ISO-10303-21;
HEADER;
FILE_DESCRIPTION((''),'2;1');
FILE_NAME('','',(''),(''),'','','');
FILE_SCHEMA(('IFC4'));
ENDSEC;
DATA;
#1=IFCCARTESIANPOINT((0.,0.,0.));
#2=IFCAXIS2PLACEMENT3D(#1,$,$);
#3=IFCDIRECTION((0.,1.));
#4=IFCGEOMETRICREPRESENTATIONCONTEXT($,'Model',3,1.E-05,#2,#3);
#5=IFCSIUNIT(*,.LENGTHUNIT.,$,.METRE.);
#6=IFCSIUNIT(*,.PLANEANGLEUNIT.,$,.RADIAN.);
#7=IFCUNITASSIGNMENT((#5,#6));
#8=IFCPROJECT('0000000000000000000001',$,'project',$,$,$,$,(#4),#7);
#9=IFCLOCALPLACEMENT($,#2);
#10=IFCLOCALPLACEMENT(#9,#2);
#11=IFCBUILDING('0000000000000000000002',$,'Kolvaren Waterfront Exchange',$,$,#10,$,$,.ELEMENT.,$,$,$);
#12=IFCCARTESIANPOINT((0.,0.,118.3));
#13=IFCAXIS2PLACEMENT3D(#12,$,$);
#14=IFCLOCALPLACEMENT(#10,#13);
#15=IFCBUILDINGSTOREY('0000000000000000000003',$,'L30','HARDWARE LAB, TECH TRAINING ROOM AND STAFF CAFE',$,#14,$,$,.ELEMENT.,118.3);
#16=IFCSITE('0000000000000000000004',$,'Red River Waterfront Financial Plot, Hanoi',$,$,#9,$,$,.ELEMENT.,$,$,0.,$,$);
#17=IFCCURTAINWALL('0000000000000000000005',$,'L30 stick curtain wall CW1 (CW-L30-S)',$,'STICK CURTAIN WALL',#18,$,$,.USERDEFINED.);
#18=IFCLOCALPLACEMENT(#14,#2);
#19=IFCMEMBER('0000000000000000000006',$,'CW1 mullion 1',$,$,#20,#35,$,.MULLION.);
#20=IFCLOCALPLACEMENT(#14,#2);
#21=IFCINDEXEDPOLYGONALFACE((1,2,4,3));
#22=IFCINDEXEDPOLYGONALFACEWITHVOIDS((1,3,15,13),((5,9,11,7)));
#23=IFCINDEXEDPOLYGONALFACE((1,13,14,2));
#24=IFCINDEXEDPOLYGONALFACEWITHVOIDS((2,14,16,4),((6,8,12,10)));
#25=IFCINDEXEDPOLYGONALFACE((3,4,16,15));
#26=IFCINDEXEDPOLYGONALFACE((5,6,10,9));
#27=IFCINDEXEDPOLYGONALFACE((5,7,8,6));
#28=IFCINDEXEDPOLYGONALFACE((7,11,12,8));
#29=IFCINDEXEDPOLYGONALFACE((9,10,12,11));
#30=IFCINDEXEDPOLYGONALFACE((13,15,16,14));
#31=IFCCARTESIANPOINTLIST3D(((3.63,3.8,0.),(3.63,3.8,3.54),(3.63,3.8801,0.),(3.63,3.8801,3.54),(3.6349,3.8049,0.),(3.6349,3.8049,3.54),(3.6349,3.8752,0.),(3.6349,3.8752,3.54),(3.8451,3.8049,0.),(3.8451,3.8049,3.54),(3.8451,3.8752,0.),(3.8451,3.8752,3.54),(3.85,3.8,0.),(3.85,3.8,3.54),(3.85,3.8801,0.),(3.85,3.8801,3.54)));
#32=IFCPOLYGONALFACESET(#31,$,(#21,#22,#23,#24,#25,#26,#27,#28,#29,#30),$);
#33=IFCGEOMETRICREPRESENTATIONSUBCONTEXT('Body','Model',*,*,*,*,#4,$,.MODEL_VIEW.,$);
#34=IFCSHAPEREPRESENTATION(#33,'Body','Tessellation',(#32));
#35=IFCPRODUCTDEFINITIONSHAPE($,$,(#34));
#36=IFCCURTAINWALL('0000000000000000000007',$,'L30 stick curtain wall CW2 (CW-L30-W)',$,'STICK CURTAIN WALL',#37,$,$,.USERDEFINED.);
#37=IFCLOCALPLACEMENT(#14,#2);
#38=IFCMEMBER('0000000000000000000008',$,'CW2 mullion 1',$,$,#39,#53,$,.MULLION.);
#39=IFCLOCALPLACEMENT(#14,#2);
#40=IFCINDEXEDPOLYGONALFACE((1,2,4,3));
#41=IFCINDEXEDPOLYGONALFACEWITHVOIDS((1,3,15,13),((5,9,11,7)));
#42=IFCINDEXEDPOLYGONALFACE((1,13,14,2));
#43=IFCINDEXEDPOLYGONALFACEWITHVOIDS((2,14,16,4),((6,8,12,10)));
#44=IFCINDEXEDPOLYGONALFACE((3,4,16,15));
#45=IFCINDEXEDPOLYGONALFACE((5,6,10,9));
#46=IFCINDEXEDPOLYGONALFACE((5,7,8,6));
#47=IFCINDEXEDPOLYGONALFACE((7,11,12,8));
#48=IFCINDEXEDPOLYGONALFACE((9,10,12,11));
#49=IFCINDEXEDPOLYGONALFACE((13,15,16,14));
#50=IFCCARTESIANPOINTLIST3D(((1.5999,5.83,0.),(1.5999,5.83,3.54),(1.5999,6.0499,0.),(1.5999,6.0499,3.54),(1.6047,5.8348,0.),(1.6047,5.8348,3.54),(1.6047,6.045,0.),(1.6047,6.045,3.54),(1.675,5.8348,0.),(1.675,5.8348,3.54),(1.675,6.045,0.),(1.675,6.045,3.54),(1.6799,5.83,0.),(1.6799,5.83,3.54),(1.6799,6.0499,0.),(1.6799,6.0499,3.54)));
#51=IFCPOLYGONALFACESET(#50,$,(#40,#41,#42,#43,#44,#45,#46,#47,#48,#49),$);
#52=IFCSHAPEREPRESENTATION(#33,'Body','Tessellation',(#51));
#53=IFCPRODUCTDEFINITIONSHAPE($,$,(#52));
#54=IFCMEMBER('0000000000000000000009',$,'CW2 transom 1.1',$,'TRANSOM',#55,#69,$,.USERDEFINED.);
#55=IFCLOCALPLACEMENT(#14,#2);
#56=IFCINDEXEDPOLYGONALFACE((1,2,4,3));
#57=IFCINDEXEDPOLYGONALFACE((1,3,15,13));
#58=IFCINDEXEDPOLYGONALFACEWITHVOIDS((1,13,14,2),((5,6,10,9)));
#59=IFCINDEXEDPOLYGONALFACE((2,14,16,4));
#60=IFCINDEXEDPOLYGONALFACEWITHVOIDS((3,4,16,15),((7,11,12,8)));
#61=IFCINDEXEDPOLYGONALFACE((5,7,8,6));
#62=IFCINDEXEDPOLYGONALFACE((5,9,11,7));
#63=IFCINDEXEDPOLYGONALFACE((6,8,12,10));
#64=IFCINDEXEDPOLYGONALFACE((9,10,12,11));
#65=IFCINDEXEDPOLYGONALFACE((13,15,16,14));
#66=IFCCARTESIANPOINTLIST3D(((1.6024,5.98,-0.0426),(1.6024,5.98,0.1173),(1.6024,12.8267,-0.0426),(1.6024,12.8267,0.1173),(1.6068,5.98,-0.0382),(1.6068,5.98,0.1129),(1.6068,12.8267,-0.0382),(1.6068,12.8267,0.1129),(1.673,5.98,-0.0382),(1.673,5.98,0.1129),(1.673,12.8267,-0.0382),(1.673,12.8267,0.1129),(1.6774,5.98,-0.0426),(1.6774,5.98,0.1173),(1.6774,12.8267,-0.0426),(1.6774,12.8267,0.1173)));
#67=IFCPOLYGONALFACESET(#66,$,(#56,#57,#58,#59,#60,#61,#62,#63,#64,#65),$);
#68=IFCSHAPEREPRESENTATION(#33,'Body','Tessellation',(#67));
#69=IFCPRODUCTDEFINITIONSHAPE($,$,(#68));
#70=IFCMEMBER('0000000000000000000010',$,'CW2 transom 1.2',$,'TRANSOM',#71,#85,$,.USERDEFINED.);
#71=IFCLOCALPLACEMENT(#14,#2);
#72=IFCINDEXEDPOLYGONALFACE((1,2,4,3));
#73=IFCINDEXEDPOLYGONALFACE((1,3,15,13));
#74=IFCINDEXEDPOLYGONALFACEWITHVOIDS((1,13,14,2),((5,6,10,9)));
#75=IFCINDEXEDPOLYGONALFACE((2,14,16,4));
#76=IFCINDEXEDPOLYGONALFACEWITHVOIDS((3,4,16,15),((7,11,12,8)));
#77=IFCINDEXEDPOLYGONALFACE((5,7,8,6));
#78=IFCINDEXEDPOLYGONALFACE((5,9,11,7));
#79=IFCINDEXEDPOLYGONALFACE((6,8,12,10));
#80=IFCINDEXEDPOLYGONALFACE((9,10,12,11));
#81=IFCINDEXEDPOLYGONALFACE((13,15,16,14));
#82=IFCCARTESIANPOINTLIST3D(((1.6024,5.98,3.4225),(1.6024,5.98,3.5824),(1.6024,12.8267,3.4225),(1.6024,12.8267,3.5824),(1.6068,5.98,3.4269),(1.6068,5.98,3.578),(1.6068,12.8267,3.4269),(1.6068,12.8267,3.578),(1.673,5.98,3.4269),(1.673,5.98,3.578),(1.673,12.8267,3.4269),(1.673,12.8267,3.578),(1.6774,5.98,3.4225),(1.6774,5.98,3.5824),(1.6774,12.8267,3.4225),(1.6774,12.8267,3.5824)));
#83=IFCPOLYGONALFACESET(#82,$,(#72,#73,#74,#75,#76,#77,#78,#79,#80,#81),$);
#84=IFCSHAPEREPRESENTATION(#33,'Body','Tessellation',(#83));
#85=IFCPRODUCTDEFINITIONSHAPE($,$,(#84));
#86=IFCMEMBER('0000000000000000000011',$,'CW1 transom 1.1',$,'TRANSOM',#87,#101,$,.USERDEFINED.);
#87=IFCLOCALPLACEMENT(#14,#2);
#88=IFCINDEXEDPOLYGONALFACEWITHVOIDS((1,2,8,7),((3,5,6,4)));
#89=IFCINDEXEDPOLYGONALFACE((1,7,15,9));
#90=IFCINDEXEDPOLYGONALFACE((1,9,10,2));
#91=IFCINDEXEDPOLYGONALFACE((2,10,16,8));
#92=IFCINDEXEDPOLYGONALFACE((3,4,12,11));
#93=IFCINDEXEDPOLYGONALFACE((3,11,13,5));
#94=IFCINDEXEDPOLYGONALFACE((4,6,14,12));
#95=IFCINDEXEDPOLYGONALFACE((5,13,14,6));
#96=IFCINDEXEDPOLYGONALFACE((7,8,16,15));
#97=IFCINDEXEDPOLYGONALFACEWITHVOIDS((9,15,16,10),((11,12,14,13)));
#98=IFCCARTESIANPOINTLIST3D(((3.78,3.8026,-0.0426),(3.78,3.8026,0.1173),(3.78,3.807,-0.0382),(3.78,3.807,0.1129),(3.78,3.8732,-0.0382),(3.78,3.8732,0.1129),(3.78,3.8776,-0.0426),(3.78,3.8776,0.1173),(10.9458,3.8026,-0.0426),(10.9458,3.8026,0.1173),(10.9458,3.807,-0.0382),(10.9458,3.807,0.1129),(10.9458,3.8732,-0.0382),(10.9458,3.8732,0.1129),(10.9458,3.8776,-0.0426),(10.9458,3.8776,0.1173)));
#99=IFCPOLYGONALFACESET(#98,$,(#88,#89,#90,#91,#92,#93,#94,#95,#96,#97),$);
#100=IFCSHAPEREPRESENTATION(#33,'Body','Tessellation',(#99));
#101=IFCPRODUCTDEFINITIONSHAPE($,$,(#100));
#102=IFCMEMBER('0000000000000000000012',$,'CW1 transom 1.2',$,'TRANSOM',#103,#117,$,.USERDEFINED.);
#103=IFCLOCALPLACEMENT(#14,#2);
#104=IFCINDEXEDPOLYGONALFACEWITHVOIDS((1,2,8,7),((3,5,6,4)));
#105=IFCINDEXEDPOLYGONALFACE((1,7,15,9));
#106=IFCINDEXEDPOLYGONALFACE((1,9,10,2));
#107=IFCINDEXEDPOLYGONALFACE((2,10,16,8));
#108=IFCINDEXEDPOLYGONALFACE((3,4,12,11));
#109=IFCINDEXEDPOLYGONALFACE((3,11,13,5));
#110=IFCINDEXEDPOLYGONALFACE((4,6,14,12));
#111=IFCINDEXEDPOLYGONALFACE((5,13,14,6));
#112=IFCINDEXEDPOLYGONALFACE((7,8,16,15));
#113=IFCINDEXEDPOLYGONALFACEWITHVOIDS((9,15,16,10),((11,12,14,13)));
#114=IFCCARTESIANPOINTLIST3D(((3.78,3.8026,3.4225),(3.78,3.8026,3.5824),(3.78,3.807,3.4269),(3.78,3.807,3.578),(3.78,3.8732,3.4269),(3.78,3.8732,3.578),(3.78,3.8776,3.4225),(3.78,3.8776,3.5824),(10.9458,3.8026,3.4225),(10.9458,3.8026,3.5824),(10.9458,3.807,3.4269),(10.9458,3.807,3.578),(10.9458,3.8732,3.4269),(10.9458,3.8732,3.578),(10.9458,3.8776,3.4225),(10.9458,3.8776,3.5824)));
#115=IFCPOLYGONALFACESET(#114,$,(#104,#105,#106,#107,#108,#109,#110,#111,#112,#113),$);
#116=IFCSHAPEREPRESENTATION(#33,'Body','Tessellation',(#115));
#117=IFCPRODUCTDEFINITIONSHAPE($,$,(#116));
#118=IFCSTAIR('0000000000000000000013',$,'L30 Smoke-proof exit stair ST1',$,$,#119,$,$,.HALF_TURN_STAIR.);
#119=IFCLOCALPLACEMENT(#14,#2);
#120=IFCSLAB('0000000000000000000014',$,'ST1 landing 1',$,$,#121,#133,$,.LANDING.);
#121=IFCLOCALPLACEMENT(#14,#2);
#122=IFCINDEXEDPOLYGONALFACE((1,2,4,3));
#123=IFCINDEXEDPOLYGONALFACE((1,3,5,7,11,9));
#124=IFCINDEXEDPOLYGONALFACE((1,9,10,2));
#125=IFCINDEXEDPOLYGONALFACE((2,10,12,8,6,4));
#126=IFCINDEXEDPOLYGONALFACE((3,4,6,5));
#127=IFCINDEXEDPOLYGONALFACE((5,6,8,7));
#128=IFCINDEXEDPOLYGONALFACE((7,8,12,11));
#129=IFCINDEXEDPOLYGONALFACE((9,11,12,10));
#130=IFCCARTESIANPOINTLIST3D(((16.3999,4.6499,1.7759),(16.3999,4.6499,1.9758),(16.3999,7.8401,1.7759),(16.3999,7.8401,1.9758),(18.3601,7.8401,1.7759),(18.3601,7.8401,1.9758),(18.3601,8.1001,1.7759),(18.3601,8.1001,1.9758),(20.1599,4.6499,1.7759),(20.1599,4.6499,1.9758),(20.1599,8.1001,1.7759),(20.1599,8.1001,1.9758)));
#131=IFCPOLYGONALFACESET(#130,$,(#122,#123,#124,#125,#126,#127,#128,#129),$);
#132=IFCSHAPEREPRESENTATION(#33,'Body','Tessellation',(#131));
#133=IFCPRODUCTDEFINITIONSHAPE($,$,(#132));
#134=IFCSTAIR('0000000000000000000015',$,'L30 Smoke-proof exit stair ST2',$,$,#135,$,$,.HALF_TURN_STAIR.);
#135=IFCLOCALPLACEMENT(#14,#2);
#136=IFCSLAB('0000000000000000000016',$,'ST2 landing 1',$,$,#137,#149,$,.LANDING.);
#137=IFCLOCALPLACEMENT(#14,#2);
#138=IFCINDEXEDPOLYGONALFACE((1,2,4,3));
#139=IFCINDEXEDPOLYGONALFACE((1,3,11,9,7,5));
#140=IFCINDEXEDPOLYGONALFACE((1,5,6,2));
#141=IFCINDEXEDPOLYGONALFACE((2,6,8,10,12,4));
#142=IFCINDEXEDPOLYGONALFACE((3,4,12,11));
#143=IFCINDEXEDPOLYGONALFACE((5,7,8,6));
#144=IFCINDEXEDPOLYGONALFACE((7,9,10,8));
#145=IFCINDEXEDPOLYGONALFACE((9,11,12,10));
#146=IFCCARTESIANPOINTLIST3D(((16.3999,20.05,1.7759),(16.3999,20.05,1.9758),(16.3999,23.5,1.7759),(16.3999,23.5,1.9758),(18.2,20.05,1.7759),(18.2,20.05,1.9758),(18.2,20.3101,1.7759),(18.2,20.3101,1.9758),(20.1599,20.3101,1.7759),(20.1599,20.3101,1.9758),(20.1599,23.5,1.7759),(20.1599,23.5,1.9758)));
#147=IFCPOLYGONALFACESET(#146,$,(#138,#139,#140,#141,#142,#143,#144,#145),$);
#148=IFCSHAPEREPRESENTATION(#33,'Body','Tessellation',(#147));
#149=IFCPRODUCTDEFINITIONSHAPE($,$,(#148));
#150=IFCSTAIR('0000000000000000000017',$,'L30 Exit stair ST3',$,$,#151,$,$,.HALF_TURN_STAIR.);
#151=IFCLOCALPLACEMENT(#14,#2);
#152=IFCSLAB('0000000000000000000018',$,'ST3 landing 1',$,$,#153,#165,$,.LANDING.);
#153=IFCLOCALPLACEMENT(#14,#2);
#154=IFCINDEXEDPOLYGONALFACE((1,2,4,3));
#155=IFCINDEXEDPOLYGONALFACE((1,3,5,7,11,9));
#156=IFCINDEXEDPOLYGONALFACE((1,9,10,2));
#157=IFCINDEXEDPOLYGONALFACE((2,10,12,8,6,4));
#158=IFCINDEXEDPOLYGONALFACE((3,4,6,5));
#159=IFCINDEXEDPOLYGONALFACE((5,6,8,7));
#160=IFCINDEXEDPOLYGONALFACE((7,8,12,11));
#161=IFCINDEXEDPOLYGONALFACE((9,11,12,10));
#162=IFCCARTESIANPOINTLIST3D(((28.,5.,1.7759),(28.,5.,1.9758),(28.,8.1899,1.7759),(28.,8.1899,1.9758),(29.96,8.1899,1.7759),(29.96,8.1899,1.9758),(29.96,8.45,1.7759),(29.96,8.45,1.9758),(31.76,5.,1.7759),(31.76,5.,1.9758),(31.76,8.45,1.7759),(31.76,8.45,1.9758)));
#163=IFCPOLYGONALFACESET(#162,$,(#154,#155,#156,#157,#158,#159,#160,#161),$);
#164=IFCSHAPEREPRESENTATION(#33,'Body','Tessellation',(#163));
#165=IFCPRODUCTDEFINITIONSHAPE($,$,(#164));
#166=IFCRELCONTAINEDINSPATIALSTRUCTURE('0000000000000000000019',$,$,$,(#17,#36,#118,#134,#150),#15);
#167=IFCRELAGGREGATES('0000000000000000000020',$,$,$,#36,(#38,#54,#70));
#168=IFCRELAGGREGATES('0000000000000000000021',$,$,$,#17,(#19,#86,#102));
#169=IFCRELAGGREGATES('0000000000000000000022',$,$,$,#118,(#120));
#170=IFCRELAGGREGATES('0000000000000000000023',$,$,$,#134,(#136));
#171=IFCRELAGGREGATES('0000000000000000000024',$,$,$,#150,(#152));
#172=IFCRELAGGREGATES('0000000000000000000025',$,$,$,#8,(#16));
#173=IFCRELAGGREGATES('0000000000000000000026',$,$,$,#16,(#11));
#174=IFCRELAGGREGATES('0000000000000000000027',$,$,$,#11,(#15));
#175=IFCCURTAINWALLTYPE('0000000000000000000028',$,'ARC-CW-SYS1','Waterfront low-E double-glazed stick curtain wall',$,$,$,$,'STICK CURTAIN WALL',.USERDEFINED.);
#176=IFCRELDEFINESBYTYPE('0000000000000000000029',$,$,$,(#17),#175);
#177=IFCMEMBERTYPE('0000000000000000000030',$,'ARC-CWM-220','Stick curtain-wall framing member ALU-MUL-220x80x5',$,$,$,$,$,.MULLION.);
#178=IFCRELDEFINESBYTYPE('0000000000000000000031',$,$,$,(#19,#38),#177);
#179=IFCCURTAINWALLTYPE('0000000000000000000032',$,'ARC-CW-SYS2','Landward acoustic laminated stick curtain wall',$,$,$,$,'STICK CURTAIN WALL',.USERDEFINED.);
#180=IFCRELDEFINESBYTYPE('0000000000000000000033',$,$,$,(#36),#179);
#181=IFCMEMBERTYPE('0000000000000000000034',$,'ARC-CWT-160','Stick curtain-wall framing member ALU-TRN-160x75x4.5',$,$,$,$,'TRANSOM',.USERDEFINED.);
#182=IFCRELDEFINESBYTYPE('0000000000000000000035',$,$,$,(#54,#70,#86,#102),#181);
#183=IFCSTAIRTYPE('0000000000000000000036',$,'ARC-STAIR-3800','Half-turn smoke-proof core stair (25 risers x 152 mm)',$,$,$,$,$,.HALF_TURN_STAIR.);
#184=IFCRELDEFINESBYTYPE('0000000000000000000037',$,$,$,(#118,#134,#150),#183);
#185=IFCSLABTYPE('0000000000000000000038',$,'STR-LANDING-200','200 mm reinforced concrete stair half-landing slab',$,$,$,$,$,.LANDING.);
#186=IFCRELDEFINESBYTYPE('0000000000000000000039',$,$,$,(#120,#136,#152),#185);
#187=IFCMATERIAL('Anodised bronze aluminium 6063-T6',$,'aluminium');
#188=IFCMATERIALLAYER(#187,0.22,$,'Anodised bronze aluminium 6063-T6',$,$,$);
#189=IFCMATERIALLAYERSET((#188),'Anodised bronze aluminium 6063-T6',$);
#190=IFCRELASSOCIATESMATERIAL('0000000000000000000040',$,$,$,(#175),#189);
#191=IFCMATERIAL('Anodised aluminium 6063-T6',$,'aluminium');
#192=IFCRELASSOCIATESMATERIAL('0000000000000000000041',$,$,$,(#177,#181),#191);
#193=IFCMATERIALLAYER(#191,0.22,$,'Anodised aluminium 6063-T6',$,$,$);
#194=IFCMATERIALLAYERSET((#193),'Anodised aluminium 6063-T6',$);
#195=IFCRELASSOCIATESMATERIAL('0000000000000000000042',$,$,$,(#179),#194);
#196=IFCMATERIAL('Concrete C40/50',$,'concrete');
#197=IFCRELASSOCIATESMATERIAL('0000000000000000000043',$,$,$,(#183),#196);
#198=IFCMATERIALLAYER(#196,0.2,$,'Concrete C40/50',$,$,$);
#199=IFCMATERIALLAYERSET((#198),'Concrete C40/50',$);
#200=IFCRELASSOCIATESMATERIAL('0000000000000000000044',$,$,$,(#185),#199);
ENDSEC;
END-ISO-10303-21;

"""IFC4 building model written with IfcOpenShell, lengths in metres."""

from ifc_helpers import new_model, si_unit, direction, frame, origin, origin_with_axes, origin_2d, place, context, subcontext, project, spatial, polyline, hollow_rectangle, outline, extrude, source, transform, mapped, material, layer, layer_set, material_profile, profile_set, type_object, element, aggregate, save


model = new_model("IFC4")

# Units and contexts
model_context = context("Model", 3, precision=1e-05, world=origin(), true_north=direction((0.0, 1.0)))
body_context = subcontext(model_context, "Body", "Model", "MODEL_VIEW")
ifc_project = project(units=[si_unit("LENGTHUNIT", "METRE"), si_unit("PLANEANGLEUNIT", "RADIAN")], contexts=[model_context])

# Site, building, storey
site_placement = place(None, origin())
site = spatial("IfcSite", under=ifc_project, at=site_placement, Name="Red River Waterfront Financial Plot, Hanoi", CompositionType="ELEMENT", RefElevation=0.0)
building_placement = place(site_placement, origin())
building = spatial("IfcBuilding", under=site, at=building_placement, Name="Kolvaren Waterfront Exchange", CompositionType="ELEMENT")
storey_placement = place(building_placement, frame((0.0, 0.0, 118.3)))
storey = spatial("IfcBuildingStorey", under=building, at=storey_placement, Name="L30", Description="HARDWARE LAB, TECH TRAINING ROOM AND STAFF CAFE", CompositionType="ELEMENT", Elevation=118.3)

# Curtain wall, member
ifc_material_1 = material(Name="Anodised bronze aluminium 6063-T6", Category="aluminium")
ifc_layer_1 = layer(ifc_material_1, 0.22, Name="Anodised bronze aluminium 6063-T6")
ifc_layer_set_1 = layer_set([ifc_layer_1], Name="Anodised bronze aluminium 6063-T6")
curtain_wall_type_1 = type_object("IfcCurtainWallType", Name="ARC-CW-SYS1", Description="Waterfront low-E double-glazed stick curtain wall", ElementType="STICK CURTAIN WALL", PredefinedType="USERDEFINED", material=ifc_layer_set_1)
curtain_wall_1_placement = place(storey_placement, origin())
curtain_wall_1 = element("IfcCurtainWall", 1, at=curtain_wall_1_placement, inside=storey, type_object=curtain_wall_type_1, Name="L30 stick curtain wall CW1 (CW-L30-S)", ObjectType="STICK CURTAIN WALL", PredefinedType="USERDEFINED")
ifc_material_2 = material(Name="Anodised aluminium 6063-T6", Category="aluminium")
ifc_material_profile_1 = material_profile(ifc_material_2, hollow_rectangle(XDim=0.0801, YDim=0.22, WallThickness=0.0049, at=origin_2d()), Name="ALU-MUL-220x80x5")
ifc_profile_set_1 = profile_set([ifc_material_profile_1], Name="Anodised aluminium 6063-T6")
member_type_1 = type_object("IfcMemberType", Name="ARC-CWM-220", Description="Stick curtain-wall framing member ALU-MUL-220x80x5", PredefinedType="MULLION", material=ifc_profile_set_1)
shared_shape_1 = source(origin_with_axes(), body_context, "Body", "SweptSolid", [
    extrude(hollow_rectangle(XDim=0.0801, YDim=0.22, WallThickness=0.0049, at=origin_2d()), origin(), (0.0, 0.0, 1.0), 3.54),
])
member_1_placement = place(storey_placement, frame((3.74, 3.8401, 0.0), z_axis=(0.0, 0.0, 1.0), x_axis=(0.0, 1.0, 0.0)))
member_1 = element("IfcMember", 2, at=member_1_placement, type_object=member_type_1, Name="CW1 mullion 1", PredefinedType="MULLION", context=body_context, shape_type="MappedRepresentation", body=[
    mapped(shared_shape_1, transform((0.0, 0.0, 0.0), x_axis=(1.0, 0.0, 0.0), y_axis=(0.0, 1.0, 0.0), z_axis=(0.0, 0.0, 1.0), scale=1.0)),
])

# Curtain wall, members
ifc_layer_2 = layer(ifc_material_2, 0.22, Name="Anodised aluminium 6063-T6")
ifc_layer_set_2 = layer_set([ifc_layer_2], Name="Anodised aluminium 6063-T6")
curtain_wall_type_2 = type_object("IfcCurtainWallType", Name="ARC-CW-SYS2", Description="Landward acoustic laminated stick curtain wall", ElementType="STICK CURTAIN WALL", PredefinedType="USERDEFINED", material=ifc_layer_set_2)
curtain_wall_2_placement = place(storey_placement, origin())
curtain_wall_2 = element("IfcCurtainWall", 3, at=curtain_wall_2_placement, inside=storey, type_object=curtain_wall_type_2, Name="L30 stick curtain wall CW2 (CW-L30-W)", ObjectType="STICK CURTAIN WALL", PredefinedType="USERDEFINED")
member_2_placement = place(storey_placement, frame((1.6399, 5.9399, 0.0), z_axis=(0.0, 0.0, 1.0), x_axis=(-1.0, 0.0, 0.0)))
member_2 = element("IfcMember", 4, at=member_2_placement, type_object=member_type_1, Name="CW2 mullion 1", PredefinedType="MULLION", context=body_context, shape_type="MappedRepresentation", body=[
    mapped(shared_shape_1, transform((0.0, 0.0, 0.0), x_axis=(1.0, 0.0, 0.0), y_axis=(0.0, 1.0, 0.0), z_axis=(0.0, 0.0, 1.0), scale=1.0)),
])
ifc_material_profile_2 = material_profile(ifc_material_2, hollow_rectangle(XDim=0.075, YDim=0.1599, WallThickness=0.0044, at=origin_2d()), Name="ALU-TRN-160x75x4.5")
ifc_profile_set_2 = profile_set([ifc_material_profile_2], Name="Anodised aluminium 6063-T6")
member_type_2 = type_object("IfcMemberType", Name="ARC-CWT-160", Description="Stick curtain-wall framing member ALU-TRN-160x75x4.5", ElementType="TRANSOM", PredefinedType="USERDEFINED", material=ifc_profile_set_2)
shared_shape_2 = source(origin_with_axes(), body_context, "Body", "SweptSolid", [
    extrude(hollow_rectangle(XDim=0.075, YDim=0.1599, WallThickness=0.0044, at=origin_2d()), origin(), (0.0, 0.0, 1.0), 6.8467),
])
member_3_placement = place(storey_placement, frame((1.6399, 5.98, 0.0374), z_axis=(0.0, 1.0, 0.0), x_axis=(-1.0, 0.0, 0.0)))
member_3 = element("IfcMember", 5, at=member_3_placement, type_object=member_type_2, Name="CW2 transom 1.1", ObjectType="TRANSOM", PredefinedType="USERDEFINED", context=body_context, shape_type="MappedRepresentation", body=[
    mapped(shared_shape_2, transform((0.0, 0.0, 0.0), x_axis=(1.0, 0.0, 0.0), y_axis=(0.0, 1.0, 0.0), z_axis=(0.0, 0.0, 1.0), scale=1.0)),
])
member_4_placement = place(storey_placement, frame((1.6399, 5.98, 3.5024), z_axis=(0.0, 1.0, 0.0), x_axis=(-1.0, 0.0, 0.0)))
member_4 = element("IfcMember", 6, at=member_4_placement, type_object=member_type_2, Name="CW2 transom 1.2", ObjectType="TRANSOM", PredefinedType="USERDEFINED", context=body_context, shape_type="MappedRepresentation", body=[
    mapped(shared_shape_2, transform((0.0, 0.0, 0.0), x_axis=(1.0, 0.0, 0.0), y_axis=(0.0, 1.0, 0.0), z_axis=(0.0, 0.0, 1.0), scale=1.0)),
])
aggregate(curtain_wall_2, [member_2, member_3, member_4])

# Members
shared_shape_3 = source(origin_with_axes(), body_context, "Body", "SweptSolid", [
    extrude(hollow_rectangle(XDim=0.075, YDim=0.1599, WallThickness=0.0044, at=origin_2d()), origin(), (0.0, 0.0, 1.0), 7.1658),
])
member_5_placement = place(storey_placement, frame((3.78, 3.8401, 0.0374), z_axis=(1.0, 0.0, 0.0), x_axis=(0.0, 1.0, 0.0)))
member_5 = element("IfcMember", 7, at=member_5_placement, type_object=member_type_2, Name="CW1 transom 1.1", ObjectType="TRANSOM", PredefinedType="USERDEFINED", context=body_context, shape_type="MappedRepresentation", body=[
    mapped(shared_shape_3, transform((0.0, 0.0, 0.0), x_axis=(1.0, 0.0, 0.0), y_axis=(0.0, 1.0, 0.0), z_axis=(0.0, 0.0, 1.0), scale=1.0)),
])
member_6_placement = place(storey_placement, frame((3.78, 3.8401, 3.5024), z_axis=(1.0, 0.0, 0.0), x_axis=(0.0, 1.0, 0.0)))
member_6 = element("IfcMember", 8, at=member_6_placement, type_object=member_type_2, Name="CW1 transom 1.2", ObjectType="TRANSOM", PredefinedType="USERDEFINED", context=body_context, shape_type="MappedRepresentation", body=[
    mapped(shared_shape_3, transform((0.0, 0.0, 0.0), x_axis=(1.0, 0.0, 0.0), y_axis=(0.0, 1.0, 0.0), z_axis=(0.0, 0.0, 1.0), scale=1.0)),
])
aggregate(curtain_wall_1, [member_1, member_5, member_6])

# Stairs, slabs
ifc_material_3 = material(Name="Concrete C40/50", Category="concrete")
stair_type = type_object("IfcStairType", Name="ARC-STAIR-3800", Description="Half-turn smoke-proof core stair (25 risers x 152 mm)", PredefinedType="HALF_TURN_STAIR", material=ifc_material_3)
stair_1_placement = place(storey_placement, origin())
stair_1 = element("IfcStair", 9, at=stair_1_placement, inside=storey, type_object=stair_type, Name="L30 Smoke-proof exit stair ST1", PredefinedType="HALF_TURN_STAIR")
ifc_layer_3 = layer(ifc_material_3, 0.2, Name="Concrete C40/50")
ifc_layer_set_3 = layer_set([ifc_layer_3], Name="Concrete C40/50")
slab_type_1 = type_object("IfcSlabType", Name="STR-LANDING-200", Description="200 mm reinforced concrete stair half-landing slab", PredefinedType="LANDING", material=ifc_layer_set_3)
slab_1_placement = place(storey_placement, frame((0.0, 0.0, 1.7759)))
slab_1 = element("IfcSlab", 10, at=slab_1_placement, type_object=slab_type_1, Name="ST1 landing 1", PredefinedType="LANDING", context=body_context, shape_type="SweptSolid", body=[
    extrude(outline(polyline([(16.3999, 7.8401), (16.3999, 4.6499), (20.1599, 4.6499), (20.1599, 8.1001), (18.3601, 8.1001), (18.3601, 7.8401), (16.3999, 7.8401)])), origin(), (0.0, 0.0, 1.0), 0.2),
])
aggregate(stair_1, [slab_1])
stair_2_placement = place(storey_placement, origin())
stair_2 = element("IfcStair", 11, at=stair_2_placement, inside=storey, type_object=stair_type, Name="L30 Smoke-proof exit stair ST2", PredefinedType="HALF_TURN_STAIR")
slab_2_placement = place(storey_placement, frame((0.0, 0.0, 1.7759)))
slab_2 = element("IfcSlab", 12, at=slab_2_placement, type_object=slab_type_1, Name="ST2 landing 1", PredefinedType="LANDING", context=body_context, shape_type="SweptSolid", body=[
    extrude(outline(polyline([(20.1599, 20.3101), (20.1599, 23.5), (16.3999, 23.5), (16.3999, 20.05), (18.2, 20.05), (18.2, 20.3101), (20.1599, 20.3101)])), origin(), (0.0, 0.0, 1.0), 0.2),
])
aggregate(stair_2, [slab_2])
stair_3_placement = place(storey_placement, origin())
stair_3 = element("IfcStair", 13, at=stair_3_placement, inside=storey, type_object=stair_type, Name="L30 Exit stair ST3", PredefinedType="HALF_TURN_STAIR")
slab_3_placement = place(storey_placement, frame((0.0, 0.0, 1.7759)))
slab_3 = element("IfcSlab", 14, at=slab_3_placement, type_object=slab_type_1, Name="ST3 landing 1", PredefinedType="LANDING", context=body_context, shape_type="SweptSolid", body=[
    extrude(outline(polyline([(28.0, 8.1899), (28.0, 5.0), (31.76, 5.0), (31.76, 8.45), (29.96, 8.45), (29.96, 8.1899), (28.0, 8.1899)])), origin(), (0.0, 0.0, 1.0), 0.2),
])
aggregate(stair_3, [slab_3])

save(model, "model.ifc")
